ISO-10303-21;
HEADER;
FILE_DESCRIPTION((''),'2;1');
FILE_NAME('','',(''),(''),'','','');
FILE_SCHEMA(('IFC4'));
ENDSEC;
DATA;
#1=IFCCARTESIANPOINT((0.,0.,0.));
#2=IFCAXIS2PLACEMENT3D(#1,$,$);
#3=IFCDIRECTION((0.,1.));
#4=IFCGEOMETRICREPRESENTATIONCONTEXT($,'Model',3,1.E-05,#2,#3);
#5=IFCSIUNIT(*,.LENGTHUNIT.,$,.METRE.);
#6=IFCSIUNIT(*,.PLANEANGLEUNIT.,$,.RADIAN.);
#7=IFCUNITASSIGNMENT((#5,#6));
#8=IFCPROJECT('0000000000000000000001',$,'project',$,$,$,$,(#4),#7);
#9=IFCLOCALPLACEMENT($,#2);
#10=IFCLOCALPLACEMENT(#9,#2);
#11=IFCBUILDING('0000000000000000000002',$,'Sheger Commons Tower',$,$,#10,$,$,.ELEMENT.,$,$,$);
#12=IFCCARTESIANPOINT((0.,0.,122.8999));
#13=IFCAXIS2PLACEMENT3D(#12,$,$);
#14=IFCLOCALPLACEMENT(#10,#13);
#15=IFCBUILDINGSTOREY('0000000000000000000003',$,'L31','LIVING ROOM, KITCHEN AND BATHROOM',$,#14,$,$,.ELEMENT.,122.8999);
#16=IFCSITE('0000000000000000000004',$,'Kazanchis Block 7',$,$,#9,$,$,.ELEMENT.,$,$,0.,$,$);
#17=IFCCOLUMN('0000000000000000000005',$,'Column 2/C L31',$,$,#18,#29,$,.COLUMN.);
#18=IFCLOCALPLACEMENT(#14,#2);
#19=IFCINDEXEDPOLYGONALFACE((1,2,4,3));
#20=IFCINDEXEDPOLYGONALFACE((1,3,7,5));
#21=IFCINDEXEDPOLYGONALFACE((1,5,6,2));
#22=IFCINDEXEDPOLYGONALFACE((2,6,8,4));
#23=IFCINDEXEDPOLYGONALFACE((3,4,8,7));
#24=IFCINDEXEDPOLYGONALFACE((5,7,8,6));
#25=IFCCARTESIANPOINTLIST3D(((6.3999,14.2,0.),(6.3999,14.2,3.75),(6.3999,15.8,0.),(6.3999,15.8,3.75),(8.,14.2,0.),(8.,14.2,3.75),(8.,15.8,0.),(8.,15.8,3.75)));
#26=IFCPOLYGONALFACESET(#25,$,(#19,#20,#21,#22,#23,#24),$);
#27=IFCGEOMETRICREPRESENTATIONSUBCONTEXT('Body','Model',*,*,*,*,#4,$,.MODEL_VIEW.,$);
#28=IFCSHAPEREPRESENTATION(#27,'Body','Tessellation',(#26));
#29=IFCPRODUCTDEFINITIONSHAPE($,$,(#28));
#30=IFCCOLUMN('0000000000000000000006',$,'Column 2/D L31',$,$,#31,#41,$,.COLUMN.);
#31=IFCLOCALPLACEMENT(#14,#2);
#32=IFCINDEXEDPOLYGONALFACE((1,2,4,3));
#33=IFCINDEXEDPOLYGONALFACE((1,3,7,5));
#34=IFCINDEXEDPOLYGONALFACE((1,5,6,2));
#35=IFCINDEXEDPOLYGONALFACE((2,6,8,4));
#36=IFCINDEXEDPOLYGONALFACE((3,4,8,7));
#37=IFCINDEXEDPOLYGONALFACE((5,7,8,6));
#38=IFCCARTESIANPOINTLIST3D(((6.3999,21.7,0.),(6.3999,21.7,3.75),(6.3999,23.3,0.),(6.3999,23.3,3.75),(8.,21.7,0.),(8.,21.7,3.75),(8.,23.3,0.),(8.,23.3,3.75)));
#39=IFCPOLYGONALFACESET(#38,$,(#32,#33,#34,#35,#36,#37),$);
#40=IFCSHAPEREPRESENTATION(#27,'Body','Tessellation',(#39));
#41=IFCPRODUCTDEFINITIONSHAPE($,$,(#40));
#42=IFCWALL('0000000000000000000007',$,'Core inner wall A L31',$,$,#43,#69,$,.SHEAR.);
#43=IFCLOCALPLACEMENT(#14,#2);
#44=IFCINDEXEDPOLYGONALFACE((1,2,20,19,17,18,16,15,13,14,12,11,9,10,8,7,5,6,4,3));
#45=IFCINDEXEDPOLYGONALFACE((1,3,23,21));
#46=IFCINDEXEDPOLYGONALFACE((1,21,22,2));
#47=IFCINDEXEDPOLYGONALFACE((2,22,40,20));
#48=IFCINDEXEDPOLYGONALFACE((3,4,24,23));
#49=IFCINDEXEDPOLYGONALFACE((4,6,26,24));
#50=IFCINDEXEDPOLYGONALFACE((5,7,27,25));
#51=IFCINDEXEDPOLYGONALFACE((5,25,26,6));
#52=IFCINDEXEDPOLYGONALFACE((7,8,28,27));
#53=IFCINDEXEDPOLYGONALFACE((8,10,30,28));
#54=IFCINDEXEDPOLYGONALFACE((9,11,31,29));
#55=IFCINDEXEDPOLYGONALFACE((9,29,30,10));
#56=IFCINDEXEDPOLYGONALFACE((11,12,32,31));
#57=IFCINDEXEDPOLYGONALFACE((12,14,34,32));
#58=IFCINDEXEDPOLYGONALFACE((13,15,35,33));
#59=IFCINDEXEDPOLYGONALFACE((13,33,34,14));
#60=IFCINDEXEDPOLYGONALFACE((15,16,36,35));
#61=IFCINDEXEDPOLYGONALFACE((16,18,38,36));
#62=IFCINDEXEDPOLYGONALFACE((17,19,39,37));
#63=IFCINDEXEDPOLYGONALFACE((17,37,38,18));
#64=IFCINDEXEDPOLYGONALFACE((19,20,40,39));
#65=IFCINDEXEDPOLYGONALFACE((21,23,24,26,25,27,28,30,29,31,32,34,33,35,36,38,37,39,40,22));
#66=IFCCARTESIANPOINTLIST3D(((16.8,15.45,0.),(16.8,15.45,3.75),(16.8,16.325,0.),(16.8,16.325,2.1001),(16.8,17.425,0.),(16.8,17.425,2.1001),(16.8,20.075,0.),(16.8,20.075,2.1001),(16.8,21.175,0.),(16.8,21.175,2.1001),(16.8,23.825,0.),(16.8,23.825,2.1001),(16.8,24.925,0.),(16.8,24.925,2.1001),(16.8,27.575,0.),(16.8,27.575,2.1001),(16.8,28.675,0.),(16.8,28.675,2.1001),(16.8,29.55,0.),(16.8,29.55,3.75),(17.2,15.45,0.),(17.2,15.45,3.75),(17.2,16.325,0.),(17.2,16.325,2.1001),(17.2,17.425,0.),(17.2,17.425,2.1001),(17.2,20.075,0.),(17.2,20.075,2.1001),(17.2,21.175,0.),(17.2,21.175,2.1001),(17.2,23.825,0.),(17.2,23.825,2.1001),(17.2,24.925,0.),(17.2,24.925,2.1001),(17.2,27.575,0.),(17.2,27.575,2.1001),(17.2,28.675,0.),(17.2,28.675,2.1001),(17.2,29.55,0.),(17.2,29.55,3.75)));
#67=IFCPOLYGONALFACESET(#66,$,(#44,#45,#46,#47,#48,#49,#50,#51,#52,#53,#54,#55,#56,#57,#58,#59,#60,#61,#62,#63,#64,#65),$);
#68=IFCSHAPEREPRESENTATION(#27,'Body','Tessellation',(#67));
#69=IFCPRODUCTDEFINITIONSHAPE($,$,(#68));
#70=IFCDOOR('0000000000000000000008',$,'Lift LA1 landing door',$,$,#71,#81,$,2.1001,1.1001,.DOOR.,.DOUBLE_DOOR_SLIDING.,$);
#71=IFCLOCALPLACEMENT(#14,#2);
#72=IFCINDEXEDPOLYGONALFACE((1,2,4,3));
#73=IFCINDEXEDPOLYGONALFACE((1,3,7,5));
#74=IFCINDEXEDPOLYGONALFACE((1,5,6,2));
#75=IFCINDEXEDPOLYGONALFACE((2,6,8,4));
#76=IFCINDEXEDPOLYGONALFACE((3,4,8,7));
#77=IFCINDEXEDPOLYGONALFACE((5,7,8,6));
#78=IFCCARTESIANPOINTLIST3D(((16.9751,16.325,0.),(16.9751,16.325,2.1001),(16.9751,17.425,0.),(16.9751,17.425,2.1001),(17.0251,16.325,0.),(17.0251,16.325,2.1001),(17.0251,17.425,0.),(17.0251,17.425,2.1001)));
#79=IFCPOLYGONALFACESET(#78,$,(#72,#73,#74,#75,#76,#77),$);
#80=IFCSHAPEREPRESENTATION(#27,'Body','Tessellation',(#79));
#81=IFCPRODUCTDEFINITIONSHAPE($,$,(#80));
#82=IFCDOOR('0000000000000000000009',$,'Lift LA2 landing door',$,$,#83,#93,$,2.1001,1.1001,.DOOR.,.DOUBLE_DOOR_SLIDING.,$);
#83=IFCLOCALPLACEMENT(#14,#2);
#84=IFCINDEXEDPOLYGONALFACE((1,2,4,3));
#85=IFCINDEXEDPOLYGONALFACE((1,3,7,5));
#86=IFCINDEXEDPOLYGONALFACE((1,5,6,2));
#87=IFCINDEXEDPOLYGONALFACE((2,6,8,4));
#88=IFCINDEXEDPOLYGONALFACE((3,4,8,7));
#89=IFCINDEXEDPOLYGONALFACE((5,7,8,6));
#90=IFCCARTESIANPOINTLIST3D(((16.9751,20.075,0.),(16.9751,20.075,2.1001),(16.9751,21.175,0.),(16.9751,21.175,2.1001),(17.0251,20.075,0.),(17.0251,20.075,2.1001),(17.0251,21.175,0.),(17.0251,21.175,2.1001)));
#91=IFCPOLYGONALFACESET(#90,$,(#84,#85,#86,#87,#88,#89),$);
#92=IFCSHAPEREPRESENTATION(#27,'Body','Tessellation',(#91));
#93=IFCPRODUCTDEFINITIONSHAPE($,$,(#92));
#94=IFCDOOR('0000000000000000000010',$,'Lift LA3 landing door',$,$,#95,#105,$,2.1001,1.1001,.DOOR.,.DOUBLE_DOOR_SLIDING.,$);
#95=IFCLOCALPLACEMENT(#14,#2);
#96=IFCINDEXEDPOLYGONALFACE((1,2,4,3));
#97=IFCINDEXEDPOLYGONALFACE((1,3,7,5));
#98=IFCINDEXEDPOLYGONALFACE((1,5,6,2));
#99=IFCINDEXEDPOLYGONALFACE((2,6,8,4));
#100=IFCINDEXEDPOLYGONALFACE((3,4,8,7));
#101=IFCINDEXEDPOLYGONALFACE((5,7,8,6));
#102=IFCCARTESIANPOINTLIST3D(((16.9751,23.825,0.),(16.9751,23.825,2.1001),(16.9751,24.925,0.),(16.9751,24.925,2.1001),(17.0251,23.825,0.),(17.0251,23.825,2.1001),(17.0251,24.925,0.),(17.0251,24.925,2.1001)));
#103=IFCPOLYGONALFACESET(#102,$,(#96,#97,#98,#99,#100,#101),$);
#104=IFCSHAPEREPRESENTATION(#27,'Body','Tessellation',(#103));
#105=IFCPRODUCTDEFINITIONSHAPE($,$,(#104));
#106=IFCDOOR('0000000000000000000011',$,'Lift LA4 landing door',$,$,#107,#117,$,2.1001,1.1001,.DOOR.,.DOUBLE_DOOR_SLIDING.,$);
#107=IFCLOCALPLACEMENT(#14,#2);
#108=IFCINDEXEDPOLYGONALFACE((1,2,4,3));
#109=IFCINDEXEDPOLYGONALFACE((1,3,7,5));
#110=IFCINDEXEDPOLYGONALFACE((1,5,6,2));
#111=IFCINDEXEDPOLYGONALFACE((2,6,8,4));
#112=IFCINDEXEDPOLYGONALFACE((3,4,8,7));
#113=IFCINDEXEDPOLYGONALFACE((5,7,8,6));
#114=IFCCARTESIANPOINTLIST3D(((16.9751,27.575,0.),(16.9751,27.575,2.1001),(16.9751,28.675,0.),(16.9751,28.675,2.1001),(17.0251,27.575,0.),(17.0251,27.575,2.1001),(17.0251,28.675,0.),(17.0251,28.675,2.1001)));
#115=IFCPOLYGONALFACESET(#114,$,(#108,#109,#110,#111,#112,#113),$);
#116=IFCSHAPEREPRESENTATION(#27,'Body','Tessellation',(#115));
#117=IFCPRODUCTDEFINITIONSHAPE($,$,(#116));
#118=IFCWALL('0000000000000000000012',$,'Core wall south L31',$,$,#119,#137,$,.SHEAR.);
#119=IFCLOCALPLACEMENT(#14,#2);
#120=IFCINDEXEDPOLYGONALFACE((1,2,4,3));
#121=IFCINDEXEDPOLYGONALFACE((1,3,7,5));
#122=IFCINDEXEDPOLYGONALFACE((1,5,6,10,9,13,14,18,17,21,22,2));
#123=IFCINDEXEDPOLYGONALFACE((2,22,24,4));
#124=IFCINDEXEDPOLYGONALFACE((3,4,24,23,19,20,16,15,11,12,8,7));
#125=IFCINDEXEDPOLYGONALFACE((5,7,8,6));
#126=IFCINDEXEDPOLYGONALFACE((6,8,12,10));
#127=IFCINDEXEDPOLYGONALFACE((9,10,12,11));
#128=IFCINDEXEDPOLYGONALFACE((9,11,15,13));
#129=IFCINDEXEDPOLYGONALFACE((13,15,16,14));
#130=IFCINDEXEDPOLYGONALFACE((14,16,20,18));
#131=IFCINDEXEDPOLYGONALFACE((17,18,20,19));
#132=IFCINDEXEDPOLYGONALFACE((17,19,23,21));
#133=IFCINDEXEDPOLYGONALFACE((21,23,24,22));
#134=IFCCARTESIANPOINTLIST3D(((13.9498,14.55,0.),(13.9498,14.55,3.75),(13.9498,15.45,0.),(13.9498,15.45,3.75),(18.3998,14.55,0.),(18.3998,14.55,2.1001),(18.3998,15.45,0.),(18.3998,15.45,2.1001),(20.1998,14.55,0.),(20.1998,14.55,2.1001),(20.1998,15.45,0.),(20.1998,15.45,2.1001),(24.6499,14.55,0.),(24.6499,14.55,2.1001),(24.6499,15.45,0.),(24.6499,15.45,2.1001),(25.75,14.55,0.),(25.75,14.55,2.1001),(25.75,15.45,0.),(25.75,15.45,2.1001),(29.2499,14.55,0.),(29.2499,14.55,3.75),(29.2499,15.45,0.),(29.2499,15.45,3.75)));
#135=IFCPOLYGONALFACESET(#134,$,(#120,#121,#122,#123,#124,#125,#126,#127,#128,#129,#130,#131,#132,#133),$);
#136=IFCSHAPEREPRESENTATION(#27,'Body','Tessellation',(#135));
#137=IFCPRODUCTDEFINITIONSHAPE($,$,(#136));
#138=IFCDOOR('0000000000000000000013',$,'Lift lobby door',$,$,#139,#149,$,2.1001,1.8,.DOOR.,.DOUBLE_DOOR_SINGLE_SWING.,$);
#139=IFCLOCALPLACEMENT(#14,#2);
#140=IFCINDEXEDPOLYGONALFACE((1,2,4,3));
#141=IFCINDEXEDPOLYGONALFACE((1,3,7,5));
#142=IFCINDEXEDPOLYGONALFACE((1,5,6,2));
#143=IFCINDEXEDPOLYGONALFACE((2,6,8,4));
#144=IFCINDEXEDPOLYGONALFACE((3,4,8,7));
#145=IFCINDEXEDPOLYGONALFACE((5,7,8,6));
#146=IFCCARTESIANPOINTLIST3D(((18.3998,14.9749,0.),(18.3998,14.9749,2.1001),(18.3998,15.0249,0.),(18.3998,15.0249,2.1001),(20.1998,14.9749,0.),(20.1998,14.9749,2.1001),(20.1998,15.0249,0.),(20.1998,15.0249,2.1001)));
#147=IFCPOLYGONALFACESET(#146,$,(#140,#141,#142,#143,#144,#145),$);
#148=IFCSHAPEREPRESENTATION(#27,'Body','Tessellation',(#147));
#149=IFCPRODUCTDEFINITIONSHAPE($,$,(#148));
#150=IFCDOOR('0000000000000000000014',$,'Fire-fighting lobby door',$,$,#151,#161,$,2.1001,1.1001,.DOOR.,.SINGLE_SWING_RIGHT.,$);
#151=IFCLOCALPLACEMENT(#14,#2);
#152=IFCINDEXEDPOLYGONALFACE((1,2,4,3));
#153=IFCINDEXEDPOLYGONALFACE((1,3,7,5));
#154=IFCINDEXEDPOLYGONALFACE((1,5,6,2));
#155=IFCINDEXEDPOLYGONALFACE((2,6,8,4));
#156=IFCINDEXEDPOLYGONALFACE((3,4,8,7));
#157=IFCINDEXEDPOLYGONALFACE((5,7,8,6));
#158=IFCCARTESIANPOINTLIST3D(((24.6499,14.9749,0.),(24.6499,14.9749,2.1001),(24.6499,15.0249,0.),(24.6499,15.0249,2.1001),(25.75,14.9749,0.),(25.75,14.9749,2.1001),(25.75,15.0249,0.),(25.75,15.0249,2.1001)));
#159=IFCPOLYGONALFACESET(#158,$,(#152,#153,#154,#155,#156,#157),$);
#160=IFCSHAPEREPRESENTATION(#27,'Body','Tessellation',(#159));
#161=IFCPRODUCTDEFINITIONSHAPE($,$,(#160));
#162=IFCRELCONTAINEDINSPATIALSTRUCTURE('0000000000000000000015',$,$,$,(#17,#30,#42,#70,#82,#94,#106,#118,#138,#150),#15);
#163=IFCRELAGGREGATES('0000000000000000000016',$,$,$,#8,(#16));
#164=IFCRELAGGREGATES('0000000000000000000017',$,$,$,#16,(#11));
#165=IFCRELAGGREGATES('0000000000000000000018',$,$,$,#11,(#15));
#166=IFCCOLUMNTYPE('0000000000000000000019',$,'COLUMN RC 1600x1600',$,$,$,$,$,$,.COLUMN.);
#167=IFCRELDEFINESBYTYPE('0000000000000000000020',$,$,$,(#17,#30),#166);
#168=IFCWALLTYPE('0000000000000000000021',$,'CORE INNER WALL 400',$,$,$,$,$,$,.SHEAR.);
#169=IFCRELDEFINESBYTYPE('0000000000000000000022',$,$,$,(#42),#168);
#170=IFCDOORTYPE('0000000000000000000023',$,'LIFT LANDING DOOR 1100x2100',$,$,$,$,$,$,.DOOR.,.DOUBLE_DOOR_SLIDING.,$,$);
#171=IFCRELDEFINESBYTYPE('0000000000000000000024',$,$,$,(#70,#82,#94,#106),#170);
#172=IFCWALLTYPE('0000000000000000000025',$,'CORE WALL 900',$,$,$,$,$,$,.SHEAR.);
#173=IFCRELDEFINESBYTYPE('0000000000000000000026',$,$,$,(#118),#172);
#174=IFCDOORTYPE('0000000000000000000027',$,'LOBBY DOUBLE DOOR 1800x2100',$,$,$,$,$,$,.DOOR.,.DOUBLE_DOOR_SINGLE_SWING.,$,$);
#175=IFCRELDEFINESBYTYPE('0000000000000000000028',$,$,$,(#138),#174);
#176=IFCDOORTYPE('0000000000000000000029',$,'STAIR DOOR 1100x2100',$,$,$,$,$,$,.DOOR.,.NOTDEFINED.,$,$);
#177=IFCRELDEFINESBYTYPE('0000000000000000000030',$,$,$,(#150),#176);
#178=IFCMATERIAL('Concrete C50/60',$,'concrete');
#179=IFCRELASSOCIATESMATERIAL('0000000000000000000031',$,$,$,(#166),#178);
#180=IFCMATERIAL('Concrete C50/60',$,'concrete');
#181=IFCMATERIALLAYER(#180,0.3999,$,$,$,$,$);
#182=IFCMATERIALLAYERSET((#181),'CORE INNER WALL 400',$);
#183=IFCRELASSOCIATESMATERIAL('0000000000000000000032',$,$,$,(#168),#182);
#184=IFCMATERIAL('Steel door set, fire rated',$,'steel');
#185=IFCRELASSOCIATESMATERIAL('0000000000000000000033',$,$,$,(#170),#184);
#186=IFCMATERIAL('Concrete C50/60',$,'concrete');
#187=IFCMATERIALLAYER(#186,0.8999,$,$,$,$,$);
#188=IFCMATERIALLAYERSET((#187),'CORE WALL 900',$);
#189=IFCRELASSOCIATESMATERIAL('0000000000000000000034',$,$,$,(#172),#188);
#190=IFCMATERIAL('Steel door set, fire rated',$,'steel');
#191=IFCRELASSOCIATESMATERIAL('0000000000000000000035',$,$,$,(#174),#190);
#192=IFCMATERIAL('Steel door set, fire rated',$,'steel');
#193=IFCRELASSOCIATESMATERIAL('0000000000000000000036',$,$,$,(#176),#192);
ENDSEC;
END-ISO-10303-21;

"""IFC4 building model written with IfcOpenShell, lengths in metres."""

from ifc_helpers import new_model, si_unit, direction, frame, frame_2d, origin, origin_2d, place, context, subcontext, project, spatial, rectangle, extrude, material, layer, layer_set, material_profile, profile_set, type_object, element, fill, save


model = new_model("IFC4")

# Units and contexts
model_context = context("Model", 3, precision=1e-05, world=origin(), true_north=direction((0.0, 1.0)))
body_context = subcontext(model_context, "Body", "Model", "MODEL_VIEW")
ifc_project = project(units=[si_unit("LENGTHUNIT", "METRE"), si_unit("PLANEANGLEUNIT", "RADIAN")], contexts=[model_context])

# Site, building, storey
site_placement = place(None, origin())
site = spatial("IfcSite", under=ifc_project, at=site_placement, Name="Kazanchis Block 7", CompositionType="ELEMENT", RefElevation=0.0)
building_placement = place(site_placement, origin())
building = spatial("IfcBuilding", under=site, at=building_placement, Name="Sheger Commons Tower", CompositionType="ELEMENT")
storey_placement = place(building_placement, frame((0.0, 0.0, 122.8999)))
storey = spatial("IfcBuildingStorey", under=building, at=storey_placement, Name="L31", Description="LIVING ROOM, KITCHEN AND BATHROOM", CompositionType="ELEMENT", Elevation=122.8999)

# Columns
ifc_material_1 = material(Name="Concrete C50/60", Category="concrete")
ifc_material_profile = material_profile(ifc_material_1, rectangle(XDim=1.6001, YDim=1.6001, at=origin_2d()), Name="RC 1600x1600")
ifc_profile_set = profile_set([ifc_material_profile], Name="Concrete C50/60")
column_type = type_object("IfcColumnType", Name="COLUMN RC 1600x1600", PredefinedType="COLUMN", material=ifc_profile_set)
for number, where, z_axis, x_axis, name in (
    (1, (7.2, 15.0, 0.0), (0.0, 0.0, 1.0), (1.0, 0.0, 0.0), "Column 2/C L31"),
    (2, (7.2, 22.5, 0.0), (0.0, 0.0, 1.0), (1.0, 0.0, 0.0), "Column 2/D L31"),
):
    element("IfcColumn", number, at=place(storey_placement, frame(where, z_axis=z_axis, x_axis=x_axis)), inside=storey, type_object=column_type, Name=name, PredefinedType="COLUMN", context=body_context, shape_type="SweptSolid", body=[
        extrude(rectangle(XDim=1.6001, YDim=1.6001, at=origin_2d()), origin(), (0.0, 0.0, 1.0), 3.75),
    ])

# Walls, openings, doors
ifc_material_2 = material(Name="Concrete C50/60", Category="concrete")
ifc_layer_1 = layer(ifc_material_2, 0.3999)
ifc_layer_set_1 = layer_set([ifc_layer_1], Name="CORE INNER WALL 400")
wall_type_1 = type_object("IfcWallType", Name="CORE INNER WALL 400", PredefinedType="SHEAR", material=ifc_layer_set_1)
wall_1_placement = place(storey_placement, frame((17.0, 15.45, 0.0), z_axis=(0.0, 0.0, 1.0), x_axis=(0.0, 1.0, 0.0)))
wall_1 = element("IfcWall", 3, at=wall_1_placement, inside=storey, type_object=wall_type_1, Name="Core inner wall A L31", PredefinedType="SHEAR", context=body_context, shape_type="SweptSolid", body=[
    extrude(rectangle(XDim=14.1001, YDim=0.3999, at=frame_2d((7.05, 0.0))), origin(), (0.0, 0.0, 1.0), 3.75),
])
opening_1_placement = place(wall_1_placement, frame((0.875, 0.0, 0.0)))
opening_1 = element("IfcOpeningElement", 4, at=opening_1_placement, cuts=wall_1, PredefinedType="OPENING", context=body_context, shape_type="SweptSolid", body=[
    extrude(rectangle(XDim=1.1001, YDim=2.1001, at=frame_2d((0.55, 1.05))), frame((0.0, 0.21, 0.0), z_axis=(0.0, -1.0, 0.0), x_axis=(1.0, 0.0, 0.0)), (0.0, 0.0, 1.0), 0.4199),
])
opening_2_placement = place(wall_1_placement, frame((4.625, 0.0, 0.0)))
opening_2 = element("IfcOpeningElement", 5, at=opening_2_placement, cuts=wall_1, PredefinedType="OPENING", context=body_context, shape_type="SweptSolid", body=[
    extrude(rectangle(XDim=1.1001, YDim=2.1001, at=frame_2d((0.55, 1.05))), frame((0.0, 0.21, 0.0), z_axis=(0.0, -1.0, 0.0), x_axis=(1.0, 0.0, 0.0)), (0.0, 0.0, 1.0), 0.4199),
])
opening_3_placement = place(wall_1_placement, frame((8.375, 0.0, 0.0)))
opening_3 = element("IfcOpeningElement", 6, at=opening_3_placement, cuts=wall_1, PredefinedType="OPENING", context=body_context, shape_type="SweptSolid", body=[
    extrude(rectangle(XDim=1.1001, YDim=2.1001, at=frame_2d((0.55, 1.05))), frame((0.0, 0.21, 0.0), z_axis=(0.0, -1.0, 0.0), x_axis=(1.0, 0.0, 0.0)), (0.0, 0.0, 1.0), 0.4199),
])
opening_4_placement = place(wall_1_placement, frame((12.125, 0.0, 0.0)))
opening_4 = element("IfcOpeningElement", 7, at=opening_4_placement, cuts=wall_1, PredefinedType="OPENING", context=body_context, shape_type="SweptSolid", body=[
    extrude(rectangle(XDim=1.1001, YDim=2.1001, at=frame_2d((0.55, 1.05))), frame((0.0, 0.21, 0.0), z_axis=(0.0, -1.0, 0.0), x_axis=(1.0, 0.0, 0.0)), (0.0, 0.0, 1.0), 0.4199),
])
ifc_material_3 = material(Name="Steel door set, fire rated", Category="steel")
door_type_1 = type_object("IfcDoorType", Name="LIFT LANDING DOOR 1100x2100", OperationType="DOUBLE_DOOR_SLIDING", PredefinedType="DOOR", material=ifc_material_3)
door_1_placement = place(opening_1_placement, origin())
door_1 = element("IfcDoor", 8, at=door_1_placement, inside=storey, type_object=door_type_1, Name="Lift LA1 landing door", OperationType="DOUBLE_DOOR_SLIDING", OverallHeight=2.1001, OverallWidth=1.1001, PredefinedType="DOOR", context=body_context, shape_type="SweptSolid", body=[
    extrude(rectangle(XDim=1.1001, YDim=2.1001, at=frame_2d((0.55, 1.05))), frame((0.0, 0.0249, 0.0), z_axis=(0.0, -1.0, 0.0), x_axis=(1.0, 0.0, 0.0)), (0.0, 0.0, 1.0), 0.05),
])
fill(opening_1, door_1)
door_2_placement = place(opening_2_placement, origin())
door_2 = element("IfcDoor", 9, at=door_2_placement, inside=storey, type_object=door_type_1, Name="Lift LA2 landing door", OperationType="DOUBLE_DOOR_SLIDING", OverallHeight=2.1001, OverallWidth=1.1001, PredefinedType="DOOR", context=body_context, shape_type="SweptSolid", body=[
    extrude(rectangle(XDim=1.1001, YDim=2.1001, at=frame_2d((0.55, 1.05))), frame((0.0, 0.0249, 0.0), z_axis=(0.0, -1.0, 0.0), x_axis=(1.0, 0.0, 0.0)), (0.0, 0.0, 1.0), 0.05),
])
fill(opening_2, door_2)
door_3_placement = place(opening_3_placement, origin())
door_3 = element("IfcDoor", 10, at=door_3_placement, inside=storey, type_object=door_type_1, Name="Lift LA3 landing door", OperationType="DOUBLE_DOOR_SLIDING", OverallHeight=2.1001, OverallWidth=1.1001, PredefinedType="DOOR", context=body_context, shape_type="SweptSolid", body=[
    extrude(rectangle(XDim=1.1001, YDim=2.1001, at=frame_2d((0.55, 1.05))), frame((0.0, 0.0249, 0.0), z_axis=(0.0, -1.0, 0.0), x_axis=(1.0, 0.0, 0.0)), (0.0, 0.0, 1.0), 0.05),
])
fill(opening_3, door_3)
door_4_placement = place(opening_4_placement, origin())
door_4 = element("IfcDoor", 11, at=door_4_placement, inside=storey, type_object=door_type_1, Name="Lift LA4 landing door", OperationType="DOUBLE_DOOR_SLIDING", OverallHeight=2.1001, OverallWidth=1.1001, PredefinedType="DOOR", context=body_context, shape_type="SweptSolid", body=[
    extrude(rectangle(XDim=1.1001, YDim=2.1001, at=frame_2d((0.55, 1.05))), frame((0.0, 0.0249, 0.0), z_axis=(0.0, -1.0, 0.0), x_axis=(1.0, 0.0, 0.0)), (0.0, 0.0, 1.0), 0.05),
])
fill(opening_4, door_4)
ifc_material_4 = material(Name="Concrete C50/60", Category="concrete")
ifc_layer_2 = layer(ifc_material_4, 0.8999)
ifc_layer_set_2 = layer_set([ifc_layer_2], Name="CORE WALL 900")
wall_type_2 = type_object("IfcWallType", Name="CORE WALL 900", PredefinedType="SHEAR", material=ifc_layer_set_2)
wall_2_placement = place(storey_placement, frame((13.95, 15.0, 0.0), z_axis=(0.0, 0.0, 1.0), x_axis=(1.0, 0.0, 0.0)))
wall_2 = element("IfcWall", 12, at=wall_2_placement, inside=storey, type_object=wall_type_2, Name="Core wall south L31", PredefinedType="SHEAR", context=body_context, shape_type="SweptSolid", body=[
    extrude(rectangle(XDim=15.3, YDim=0.8999, at=frame_2d((7.6499, 0.0))), origin(), (0.0, 0.0, 1.0), 3.75),
])
opening_5_placement = place(wall_2_placement, frame((4.45, 0.0, 0.0)))
opening_5 = element("IfcOpeningElement", 13, at=opening_5_placement, cuts=wall_2, PredefinedType="OPENING", context=body_context, shape_type="SweptSolid", body=[
    extrude(rectangle(XDim=1.8, YDim=2.1001, at=frame_2d((0.8999, 1.05))), frame((0.0, 0.46, 0.0), z_axis=(0.0, -1.0, 0.0), x_axis=(1.0, 0.0, 0.0)), (0.0, 0.0, 1.0), 0.9199),
])
opening_6_placement = place(wall_2_placement, frame((10.7, 0.0, 0.0)))
opening_6 = element("IfcOpeningElement", 14, at=opening_6_placement, cuts=wall_2, PredefinedType="OPENING", context=body_context, shape_type="SweptSolid", body=[
    extrude(rectangle(XDim=1.1001, YDim=2.1001, at=frame_2d((0.55, 1.05))), frame((0.0, 0.46, 0.0), z_axis=(0.0, -1.0, 0.0), x_axis=(1.0, 0.0, 0.0)), (0.0, 0.0, 1.0), 0.9199),
])
ifc_material_5 = material(Name="Steel door set, fire rated", Category="steel")
door_type_2 = type_object("IfcDoorType", Name="LOBBY DOUBLE DOOR 1800x2100", OperationType="DOUBLE_DOOR_SINGLE_SWING", PredefinedType="DOOR", material=ifc_material_5)
door_5_placement = place(opening_5_placement, origin())
door_5 = element("IfcDoor", 15, at=door_5_placement, inside=storey, type_object=door_type_2, Name="Lift lobby door", OperationType="DOUBLE_DOOR_SINGLE_SWING", OverallHeight=2.1001, OverallWidth=1.8, PredefinedType="DOOR", context=body_context, shape_type="SweptSolid", body=[
    extrude(rectangle(XDim=1.8, YDim=2.1001, at=frame_2d((0.8999, 1.05))), frame((0.0, 0.0249, 0.0), z_axis=(0.0, -1.0, 0.0), x_axis=(1.0, 0.0, 0.0)), (0.0, 0.0, 1.0), 0.05),
])
fill(opening_5, door_5)
ifc_material_6 = material(Name="Steel door set, fire rated", Category="steel")
door_type_3 = type_object("IfcDoorType", Name="STAIR DOOR 1100x2100", OperationType="NOTDEFINED", PredefinedType="DOOR", material=ifc_material_6)
door_6_placement = place(opening_6_placement, origin())
door_6 = element("IfcDoor", 16, at=door_6_placement, inside=storey, type_object=door_type_3, Name="Fire-fighting lobby door", OperationType="SINGLE_SWING_RIGHT", OverallHeight=2.1001, OverallWidth=1.1001, PredefinedType="DOOR", context=body_context, shape_type="SweptSolid", body=[
    extrude(rectangle(XDim=1.1001, YDim=2.1001, at=frame_2d((0.55, 1.05))), frame((0.0, 0.0249, 0.0), z_axis=(0.0, -1.0, 0.0), x_axis=(1.0, 0.0, 0.0)), (0.0, 0.0, 1.0), 0.05),
])
fill(opening_6, door_6)

save(model, "model.ifc")
